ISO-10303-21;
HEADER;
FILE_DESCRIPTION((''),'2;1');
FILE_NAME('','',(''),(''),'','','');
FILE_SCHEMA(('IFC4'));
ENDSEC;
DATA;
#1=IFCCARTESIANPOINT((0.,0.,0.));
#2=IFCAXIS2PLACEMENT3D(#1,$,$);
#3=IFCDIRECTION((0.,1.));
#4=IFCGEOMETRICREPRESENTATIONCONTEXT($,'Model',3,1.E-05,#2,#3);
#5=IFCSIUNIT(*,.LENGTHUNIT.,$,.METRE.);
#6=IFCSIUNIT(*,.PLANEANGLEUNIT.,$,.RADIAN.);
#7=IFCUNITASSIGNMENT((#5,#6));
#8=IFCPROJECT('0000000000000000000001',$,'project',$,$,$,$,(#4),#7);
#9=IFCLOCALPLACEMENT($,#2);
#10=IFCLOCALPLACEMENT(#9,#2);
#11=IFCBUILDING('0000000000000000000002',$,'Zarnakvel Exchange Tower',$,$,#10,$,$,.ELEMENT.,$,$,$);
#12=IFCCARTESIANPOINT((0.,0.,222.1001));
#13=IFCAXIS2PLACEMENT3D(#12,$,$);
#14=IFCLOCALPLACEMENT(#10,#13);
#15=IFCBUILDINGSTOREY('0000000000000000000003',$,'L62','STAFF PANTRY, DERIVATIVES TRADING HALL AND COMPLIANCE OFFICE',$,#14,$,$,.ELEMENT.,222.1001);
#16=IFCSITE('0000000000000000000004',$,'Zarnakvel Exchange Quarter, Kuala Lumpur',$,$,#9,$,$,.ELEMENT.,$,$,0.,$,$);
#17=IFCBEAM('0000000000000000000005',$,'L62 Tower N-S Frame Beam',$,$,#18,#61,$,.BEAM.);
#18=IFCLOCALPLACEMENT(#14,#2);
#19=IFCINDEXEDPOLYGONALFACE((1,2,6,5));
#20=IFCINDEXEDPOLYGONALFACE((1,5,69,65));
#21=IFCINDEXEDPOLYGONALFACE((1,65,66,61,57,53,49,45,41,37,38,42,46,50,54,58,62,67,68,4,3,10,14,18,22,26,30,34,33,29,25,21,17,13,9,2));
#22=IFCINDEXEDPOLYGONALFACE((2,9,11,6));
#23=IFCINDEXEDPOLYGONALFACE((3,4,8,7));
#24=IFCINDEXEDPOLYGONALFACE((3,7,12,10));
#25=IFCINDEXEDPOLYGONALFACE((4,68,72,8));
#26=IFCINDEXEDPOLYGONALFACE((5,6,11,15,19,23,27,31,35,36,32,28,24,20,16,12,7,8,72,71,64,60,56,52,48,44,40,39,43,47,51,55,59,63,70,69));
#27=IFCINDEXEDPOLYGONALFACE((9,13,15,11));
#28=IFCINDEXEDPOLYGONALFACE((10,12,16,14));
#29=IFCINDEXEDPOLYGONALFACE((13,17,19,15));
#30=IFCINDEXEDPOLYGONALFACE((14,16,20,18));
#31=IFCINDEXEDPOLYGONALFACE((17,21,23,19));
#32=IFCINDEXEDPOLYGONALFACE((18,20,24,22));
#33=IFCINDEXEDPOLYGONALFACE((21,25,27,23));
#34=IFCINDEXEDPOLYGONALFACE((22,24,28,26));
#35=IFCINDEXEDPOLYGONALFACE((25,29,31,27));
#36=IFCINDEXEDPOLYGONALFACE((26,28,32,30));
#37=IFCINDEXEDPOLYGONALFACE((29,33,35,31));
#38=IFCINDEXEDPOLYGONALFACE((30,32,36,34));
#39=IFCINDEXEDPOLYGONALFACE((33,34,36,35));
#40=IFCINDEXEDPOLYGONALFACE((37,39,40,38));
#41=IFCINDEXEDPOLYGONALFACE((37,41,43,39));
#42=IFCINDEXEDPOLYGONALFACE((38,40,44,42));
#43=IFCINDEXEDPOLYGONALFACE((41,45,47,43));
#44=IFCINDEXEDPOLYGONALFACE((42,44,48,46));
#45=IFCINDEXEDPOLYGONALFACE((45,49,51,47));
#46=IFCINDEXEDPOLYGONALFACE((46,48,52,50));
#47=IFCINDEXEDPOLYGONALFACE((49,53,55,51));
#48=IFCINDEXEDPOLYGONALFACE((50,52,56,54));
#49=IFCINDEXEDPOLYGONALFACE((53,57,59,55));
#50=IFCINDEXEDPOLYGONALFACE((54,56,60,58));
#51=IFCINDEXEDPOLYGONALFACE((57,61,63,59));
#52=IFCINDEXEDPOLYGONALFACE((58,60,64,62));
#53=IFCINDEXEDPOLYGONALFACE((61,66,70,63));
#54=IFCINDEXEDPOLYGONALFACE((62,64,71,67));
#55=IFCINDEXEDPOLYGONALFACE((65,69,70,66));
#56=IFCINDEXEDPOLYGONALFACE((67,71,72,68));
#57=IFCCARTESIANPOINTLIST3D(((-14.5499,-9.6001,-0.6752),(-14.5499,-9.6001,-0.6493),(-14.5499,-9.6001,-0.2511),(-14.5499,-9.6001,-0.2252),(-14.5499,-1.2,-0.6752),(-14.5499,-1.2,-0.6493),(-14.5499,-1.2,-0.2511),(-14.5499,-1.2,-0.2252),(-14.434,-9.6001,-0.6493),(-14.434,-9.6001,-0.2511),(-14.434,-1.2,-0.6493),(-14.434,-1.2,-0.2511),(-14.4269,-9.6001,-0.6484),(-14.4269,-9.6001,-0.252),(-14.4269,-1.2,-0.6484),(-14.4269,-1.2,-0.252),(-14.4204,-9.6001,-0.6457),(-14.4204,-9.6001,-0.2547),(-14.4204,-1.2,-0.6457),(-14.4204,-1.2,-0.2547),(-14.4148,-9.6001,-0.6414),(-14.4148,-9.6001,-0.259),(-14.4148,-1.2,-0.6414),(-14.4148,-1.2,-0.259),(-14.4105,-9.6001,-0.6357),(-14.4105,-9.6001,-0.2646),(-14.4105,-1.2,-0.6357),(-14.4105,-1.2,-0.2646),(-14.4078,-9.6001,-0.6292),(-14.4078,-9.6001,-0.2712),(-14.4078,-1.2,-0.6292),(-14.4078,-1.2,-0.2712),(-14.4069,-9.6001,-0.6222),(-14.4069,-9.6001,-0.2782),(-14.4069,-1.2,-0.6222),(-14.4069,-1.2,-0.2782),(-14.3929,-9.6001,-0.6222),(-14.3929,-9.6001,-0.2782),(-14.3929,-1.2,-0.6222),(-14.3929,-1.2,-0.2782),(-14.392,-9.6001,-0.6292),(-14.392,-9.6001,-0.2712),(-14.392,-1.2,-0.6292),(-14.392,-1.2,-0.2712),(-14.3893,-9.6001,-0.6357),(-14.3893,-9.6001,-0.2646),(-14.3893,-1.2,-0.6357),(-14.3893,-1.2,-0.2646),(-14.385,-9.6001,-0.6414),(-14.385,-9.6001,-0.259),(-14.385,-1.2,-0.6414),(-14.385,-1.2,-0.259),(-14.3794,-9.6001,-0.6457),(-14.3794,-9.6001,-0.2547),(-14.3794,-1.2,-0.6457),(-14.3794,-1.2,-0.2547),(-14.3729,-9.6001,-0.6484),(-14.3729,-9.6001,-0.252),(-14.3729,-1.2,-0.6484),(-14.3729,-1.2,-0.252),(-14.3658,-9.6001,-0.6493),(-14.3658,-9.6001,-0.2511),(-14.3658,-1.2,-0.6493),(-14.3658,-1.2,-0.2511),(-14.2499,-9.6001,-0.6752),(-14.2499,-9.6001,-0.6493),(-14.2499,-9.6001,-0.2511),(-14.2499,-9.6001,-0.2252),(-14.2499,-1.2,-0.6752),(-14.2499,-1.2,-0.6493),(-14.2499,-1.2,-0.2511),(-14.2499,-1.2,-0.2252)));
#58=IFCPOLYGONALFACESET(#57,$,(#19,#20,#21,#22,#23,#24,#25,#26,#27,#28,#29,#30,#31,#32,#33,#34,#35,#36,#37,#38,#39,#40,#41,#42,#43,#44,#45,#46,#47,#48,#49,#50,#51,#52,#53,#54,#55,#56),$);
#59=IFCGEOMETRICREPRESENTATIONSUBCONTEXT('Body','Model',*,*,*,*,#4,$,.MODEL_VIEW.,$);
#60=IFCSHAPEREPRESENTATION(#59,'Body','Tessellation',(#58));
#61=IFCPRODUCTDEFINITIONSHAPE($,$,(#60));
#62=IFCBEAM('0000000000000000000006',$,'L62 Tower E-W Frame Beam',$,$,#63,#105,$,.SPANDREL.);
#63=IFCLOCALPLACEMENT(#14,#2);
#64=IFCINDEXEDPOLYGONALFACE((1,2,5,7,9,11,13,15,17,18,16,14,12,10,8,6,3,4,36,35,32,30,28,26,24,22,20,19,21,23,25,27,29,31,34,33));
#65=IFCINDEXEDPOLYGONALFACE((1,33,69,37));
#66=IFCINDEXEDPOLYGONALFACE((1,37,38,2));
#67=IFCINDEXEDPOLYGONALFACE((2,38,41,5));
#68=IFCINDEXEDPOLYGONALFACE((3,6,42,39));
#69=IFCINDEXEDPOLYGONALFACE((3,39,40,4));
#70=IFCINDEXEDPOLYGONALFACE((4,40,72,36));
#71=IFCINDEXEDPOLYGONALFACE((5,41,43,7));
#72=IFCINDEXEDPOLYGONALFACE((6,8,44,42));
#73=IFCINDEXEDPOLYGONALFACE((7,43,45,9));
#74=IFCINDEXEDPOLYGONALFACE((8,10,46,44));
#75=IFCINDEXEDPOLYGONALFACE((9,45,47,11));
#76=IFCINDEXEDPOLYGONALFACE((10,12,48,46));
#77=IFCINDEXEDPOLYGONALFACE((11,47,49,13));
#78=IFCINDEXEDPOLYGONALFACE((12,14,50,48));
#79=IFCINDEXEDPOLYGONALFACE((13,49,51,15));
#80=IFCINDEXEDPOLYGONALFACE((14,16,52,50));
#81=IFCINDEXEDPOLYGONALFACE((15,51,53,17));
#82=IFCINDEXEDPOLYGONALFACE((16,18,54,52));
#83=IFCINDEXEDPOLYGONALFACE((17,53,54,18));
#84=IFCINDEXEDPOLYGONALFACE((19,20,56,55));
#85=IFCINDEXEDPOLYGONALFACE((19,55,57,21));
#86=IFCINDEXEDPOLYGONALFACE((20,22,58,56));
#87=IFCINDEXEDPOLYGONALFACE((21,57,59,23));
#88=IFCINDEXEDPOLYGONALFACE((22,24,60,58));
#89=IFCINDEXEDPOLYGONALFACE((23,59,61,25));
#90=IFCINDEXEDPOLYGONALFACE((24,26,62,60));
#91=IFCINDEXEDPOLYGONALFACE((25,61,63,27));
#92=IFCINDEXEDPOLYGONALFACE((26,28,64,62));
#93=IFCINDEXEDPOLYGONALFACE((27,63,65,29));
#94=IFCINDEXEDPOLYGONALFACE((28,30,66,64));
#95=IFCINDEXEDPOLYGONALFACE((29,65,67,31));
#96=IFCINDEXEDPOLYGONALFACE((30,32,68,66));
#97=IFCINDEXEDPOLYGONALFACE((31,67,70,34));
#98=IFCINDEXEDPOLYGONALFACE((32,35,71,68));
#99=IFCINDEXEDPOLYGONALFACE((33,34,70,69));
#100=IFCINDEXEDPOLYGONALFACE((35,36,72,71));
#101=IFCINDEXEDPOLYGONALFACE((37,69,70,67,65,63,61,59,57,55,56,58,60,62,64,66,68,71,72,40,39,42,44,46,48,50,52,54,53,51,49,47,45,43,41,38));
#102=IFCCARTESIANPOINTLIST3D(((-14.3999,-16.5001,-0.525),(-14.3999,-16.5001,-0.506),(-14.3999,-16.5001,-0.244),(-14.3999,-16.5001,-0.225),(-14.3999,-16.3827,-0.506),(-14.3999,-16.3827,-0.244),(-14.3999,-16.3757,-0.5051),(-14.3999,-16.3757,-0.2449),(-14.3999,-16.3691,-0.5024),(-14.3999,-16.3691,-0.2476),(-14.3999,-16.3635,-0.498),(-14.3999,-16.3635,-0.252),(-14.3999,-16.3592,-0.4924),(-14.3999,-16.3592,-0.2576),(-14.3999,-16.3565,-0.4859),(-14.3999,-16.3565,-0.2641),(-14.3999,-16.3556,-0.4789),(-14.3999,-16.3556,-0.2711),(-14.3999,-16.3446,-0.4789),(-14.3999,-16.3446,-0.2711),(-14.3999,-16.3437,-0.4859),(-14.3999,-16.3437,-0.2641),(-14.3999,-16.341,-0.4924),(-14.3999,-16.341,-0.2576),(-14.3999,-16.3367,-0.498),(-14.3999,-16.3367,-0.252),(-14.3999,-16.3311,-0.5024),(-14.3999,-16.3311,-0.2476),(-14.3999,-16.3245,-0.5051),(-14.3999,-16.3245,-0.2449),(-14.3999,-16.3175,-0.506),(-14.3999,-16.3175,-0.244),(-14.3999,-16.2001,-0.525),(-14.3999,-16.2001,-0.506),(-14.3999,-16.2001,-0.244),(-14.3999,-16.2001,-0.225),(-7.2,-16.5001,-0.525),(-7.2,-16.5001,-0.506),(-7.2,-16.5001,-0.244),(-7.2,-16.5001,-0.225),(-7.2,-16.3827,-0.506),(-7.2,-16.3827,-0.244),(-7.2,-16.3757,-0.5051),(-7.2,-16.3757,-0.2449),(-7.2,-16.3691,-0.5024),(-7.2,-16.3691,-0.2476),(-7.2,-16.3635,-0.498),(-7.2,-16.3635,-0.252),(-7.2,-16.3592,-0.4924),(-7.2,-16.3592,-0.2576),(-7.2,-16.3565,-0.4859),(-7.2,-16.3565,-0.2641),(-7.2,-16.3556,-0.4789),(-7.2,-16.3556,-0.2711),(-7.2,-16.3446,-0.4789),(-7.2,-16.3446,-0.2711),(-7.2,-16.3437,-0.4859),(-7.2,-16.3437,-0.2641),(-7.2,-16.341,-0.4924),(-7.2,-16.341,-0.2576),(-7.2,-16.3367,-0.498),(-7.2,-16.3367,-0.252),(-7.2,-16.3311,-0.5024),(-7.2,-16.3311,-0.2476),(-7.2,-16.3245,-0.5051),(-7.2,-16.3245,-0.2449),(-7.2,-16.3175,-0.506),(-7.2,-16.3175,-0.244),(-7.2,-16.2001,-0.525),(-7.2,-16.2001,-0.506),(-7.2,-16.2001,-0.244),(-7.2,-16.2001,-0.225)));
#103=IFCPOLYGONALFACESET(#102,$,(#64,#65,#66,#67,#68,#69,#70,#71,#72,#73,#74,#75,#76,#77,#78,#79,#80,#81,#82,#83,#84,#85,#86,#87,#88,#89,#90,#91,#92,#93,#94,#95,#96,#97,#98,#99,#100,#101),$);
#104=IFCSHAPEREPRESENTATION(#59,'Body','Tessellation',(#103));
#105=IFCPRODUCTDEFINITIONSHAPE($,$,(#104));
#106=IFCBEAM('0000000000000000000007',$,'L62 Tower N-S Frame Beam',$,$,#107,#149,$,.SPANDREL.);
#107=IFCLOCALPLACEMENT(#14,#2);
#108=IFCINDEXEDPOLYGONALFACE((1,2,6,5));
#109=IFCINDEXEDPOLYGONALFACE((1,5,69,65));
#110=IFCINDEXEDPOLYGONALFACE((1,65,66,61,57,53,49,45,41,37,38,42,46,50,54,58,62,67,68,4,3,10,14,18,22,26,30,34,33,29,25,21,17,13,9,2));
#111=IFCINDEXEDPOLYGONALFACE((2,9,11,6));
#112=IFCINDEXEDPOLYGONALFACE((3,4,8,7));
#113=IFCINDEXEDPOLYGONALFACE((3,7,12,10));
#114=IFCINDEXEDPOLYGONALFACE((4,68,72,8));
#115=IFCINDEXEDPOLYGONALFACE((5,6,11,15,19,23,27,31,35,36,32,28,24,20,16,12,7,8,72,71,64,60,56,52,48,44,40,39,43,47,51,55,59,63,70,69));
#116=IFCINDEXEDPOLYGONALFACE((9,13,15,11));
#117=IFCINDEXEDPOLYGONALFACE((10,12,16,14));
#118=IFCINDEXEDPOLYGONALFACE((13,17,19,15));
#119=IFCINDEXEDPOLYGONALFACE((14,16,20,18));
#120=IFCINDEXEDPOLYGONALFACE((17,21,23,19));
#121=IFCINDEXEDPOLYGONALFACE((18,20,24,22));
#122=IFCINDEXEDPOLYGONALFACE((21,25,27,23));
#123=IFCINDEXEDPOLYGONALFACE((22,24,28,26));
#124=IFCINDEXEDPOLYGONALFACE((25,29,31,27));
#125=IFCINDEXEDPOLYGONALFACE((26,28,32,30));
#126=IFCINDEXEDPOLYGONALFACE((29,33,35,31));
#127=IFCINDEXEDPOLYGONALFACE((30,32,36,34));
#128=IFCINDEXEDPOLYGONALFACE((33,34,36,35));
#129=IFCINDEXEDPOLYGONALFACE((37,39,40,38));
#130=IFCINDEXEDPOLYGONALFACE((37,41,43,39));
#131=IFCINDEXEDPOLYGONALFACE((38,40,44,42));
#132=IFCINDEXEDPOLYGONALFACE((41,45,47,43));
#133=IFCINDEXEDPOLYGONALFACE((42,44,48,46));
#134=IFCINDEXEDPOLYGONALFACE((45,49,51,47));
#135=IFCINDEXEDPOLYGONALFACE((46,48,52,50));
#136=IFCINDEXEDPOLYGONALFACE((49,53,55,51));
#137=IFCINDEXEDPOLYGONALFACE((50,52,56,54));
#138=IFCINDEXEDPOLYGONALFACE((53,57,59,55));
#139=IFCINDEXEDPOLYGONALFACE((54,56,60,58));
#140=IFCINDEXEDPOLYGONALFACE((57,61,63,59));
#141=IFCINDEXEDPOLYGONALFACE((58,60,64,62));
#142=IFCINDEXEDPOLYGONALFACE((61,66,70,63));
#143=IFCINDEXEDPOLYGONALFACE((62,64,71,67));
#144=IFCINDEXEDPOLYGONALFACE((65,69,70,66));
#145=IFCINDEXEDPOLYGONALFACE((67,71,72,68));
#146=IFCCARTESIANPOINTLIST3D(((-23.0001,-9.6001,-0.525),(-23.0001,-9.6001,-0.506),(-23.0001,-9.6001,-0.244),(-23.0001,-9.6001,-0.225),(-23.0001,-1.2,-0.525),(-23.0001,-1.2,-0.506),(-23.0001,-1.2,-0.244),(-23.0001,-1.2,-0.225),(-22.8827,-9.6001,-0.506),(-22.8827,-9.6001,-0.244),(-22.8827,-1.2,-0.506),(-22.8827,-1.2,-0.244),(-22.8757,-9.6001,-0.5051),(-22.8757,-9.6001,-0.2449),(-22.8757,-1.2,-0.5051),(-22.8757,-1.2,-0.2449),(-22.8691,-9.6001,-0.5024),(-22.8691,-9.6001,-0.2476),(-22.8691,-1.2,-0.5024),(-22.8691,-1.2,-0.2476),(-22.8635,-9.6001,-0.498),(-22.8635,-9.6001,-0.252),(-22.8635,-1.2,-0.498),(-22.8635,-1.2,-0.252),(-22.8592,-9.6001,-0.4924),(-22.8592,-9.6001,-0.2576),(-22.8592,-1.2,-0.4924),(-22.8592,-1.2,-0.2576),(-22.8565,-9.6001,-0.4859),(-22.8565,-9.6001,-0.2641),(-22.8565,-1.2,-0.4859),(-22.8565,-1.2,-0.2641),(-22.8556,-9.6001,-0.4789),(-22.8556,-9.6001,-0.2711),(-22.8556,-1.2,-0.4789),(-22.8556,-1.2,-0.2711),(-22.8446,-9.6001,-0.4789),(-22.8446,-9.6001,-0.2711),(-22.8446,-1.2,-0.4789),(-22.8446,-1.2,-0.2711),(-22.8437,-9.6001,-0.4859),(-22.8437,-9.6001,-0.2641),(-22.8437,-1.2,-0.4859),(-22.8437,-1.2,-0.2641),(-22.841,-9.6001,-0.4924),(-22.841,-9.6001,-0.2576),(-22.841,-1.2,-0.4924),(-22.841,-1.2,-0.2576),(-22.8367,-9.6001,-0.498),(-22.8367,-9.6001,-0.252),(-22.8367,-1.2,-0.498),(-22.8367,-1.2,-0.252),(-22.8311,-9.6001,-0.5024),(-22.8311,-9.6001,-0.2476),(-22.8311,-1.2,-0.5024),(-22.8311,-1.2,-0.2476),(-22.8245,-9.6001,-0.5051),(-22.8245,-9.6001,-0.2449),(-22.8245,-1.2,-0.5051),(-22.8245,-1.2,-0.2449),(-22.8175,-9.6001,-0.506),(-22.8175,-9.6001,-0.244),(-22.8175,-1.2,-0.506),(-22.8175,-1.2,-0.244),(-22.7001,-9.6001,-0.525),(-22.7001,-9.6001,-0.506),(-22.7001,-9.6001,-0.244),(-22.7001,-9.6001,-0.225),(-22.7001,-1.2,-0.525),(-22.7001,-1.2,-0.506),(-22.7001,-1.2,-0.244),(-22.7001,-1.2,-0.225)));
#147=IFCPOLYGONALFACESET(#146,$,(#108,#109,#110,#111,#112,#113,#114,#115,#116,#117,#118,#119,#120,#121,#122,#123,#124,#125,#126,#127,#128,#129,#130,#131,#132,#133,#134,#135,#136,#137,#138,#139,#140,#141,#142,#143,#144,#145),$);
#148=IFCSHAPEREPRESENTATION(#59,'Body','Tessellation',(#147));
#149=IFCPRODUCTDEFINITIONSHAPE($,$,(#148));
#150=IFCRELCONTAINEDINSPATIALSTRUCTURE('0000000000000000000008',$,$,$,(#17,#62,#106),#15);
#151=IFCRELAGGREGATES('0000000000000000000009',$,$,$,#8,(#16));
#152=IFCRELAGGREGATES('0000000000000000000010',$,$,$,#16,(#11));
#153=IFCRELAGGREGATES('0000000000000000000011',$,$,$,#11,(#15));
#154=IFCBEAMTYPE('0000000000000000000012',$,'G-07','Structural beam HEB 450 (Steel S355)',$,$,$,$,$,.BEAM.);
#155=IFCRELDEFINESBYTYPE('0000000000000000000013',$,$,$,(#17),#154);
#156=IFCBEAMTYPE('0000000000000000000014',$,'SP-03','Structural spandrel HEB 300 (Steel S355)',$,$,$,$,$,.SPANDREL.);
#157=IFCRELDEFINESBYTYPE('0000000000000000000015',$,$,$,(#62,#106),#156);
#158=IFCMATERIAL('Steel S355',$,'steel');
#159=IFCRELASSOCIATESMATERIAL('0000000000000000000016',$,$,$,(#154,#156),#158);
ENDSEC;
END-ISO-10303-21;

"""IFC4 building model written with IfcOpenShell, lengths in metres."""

from ifc_helpers import new_model, si_unit, direction, frame, origin, origin_2d, place, context, subcontext, project, spatial, i_section, extrude, material, material_profile, profile_set, type_object, element, save


model = new_model("IFC4")

# Units and contexts
model_context = context("Model", 3, precision=1e-05, world=origin(), true_north=direction((0.0, 1.0)))
body_context = subcontext(model_context, "Body", "Model", "MODEL_VIEW")
ifc_project = project(units=[si_unit("LENGTHUNIT", "METRE"), si_unit("PLANEANGLEUNIT", "RADIAN")], contexts=[model_context])

# Site, building, storey
site_placement = place(None, origin())
site = spatial("IfcSite", under=ifc_project, at=site_placement, Name="Zarnakvel Exchange Quarter, Kuala Lumpur", CompositionType="ELEMENT", RefElevation=0.0)
building_placement = place(site_placement, origin())
building = spatial("IfcBuilding", under=site, at=building_placement, Name="Zarnakvel Exchange Tower", CompositionType="ELEMENT")
storey_placement = place(building_placement, frame((0.0, 0.0, 222.1001)))
storey = spatial("IfcBuildingStorey", under=building, at=storey_placement, Name="L62", Description="STAFF PANTRY, DERIVATIVES TRADING HALL AND COMPLIANCE OFFICE", CompositionType="ELEMENT", Elevation=222.1001)

# Shared definitions
ifc_material_1 = material(Name="Steel S355", Category="steel")

# Beams
ifc_material_profile_1 = material_profile(ifc_material_1, i_section(OverallWidth=0.3, OverallDepth=0.45, WebThickness=0.0139, FlangeThickness=0.0259, FilletRadius=0.0271, at=origin_2d()))
ifc_profile_set_1 = profile_set([ifc_material_profile_1], Name="Steel S355")
beam_type_1 = type_object("IfcBeamType", Name="G-07", Description="Structural beam HEB 450 (Steel S355)", PredefinedType="BEAM", material=ifc_profile_set_1)
beam_1_placement = place(storey_placement, frame((-14.3999, -9.6001, -0.4502), z_axis=(0.0, 1.0, 0.0), x_axis=(-1.0, 0.0, 0.0)))
element("IfcBeam", 1, at=beam_1_placement, inside=storey, type_object=beam_type_1, Name="L62 Tower N-S Frame Beam", PredefinedType="BEAM", context=body_context, shape_type="SweptSolid", body=[
    extrude(i_section(OverallWidth=0.3, OverallDepth=0.45, WebThickness=0.0139, FlangeThickness=0.0259, FilletRadius=0.0271, at=origin_2d()), origin(), (0.0, 0.0, 1.0), 8.4001),
])
ifc_material_profile_2 = material_profile(ifc_material_1, i_section(OverallWidth=0.3, OverallDepth=0.3, WebThickness=0.011, FlangeThickness=0.019, FilletRadius=0.0271, at=origin_2d()))
ifc_profile_set_2 = profile_set([ifc_material_profile_2], Name="Steel S355")
beam_type_2 = type_object("IfcBeamType", Name="SP-03", Description="Structural spandrel HEB 300 (Steel S355)", PredefinedType="SPANDREL", material=ifc_profile_set_2)
beam_2_placement = place(storey_placement, frame((-14.3999, -16.3501, -0.375), z_axis=(1.0, 0.0, 0.0), x_axis=(0.0, 1.0, 0.0)))
element("IfcBeam", 2, at=beam_2_placement, inside=storey, type_object=beam_type_2, Name="L62 Tower E-W Frame Beam", PredefinedType="SPANDREL", context=body_context, shape_type="SweptSolid", body=[
    extrude(i_section(OverallWidth=0.3, OverallDepth=0.3, WebThickness=0.011, FlangeThickness=0.019, FilletRadius=0.0271, at=origin_2d()), origin(), (0.0, 0.0, 1.0), 7.2),
])
beam_3_placement = place(storey_placement, frame((-22.8501, -9.6001, -0.375), z_axis=(0.0, 1.0, 0.0), x_axis=(-1.0, 0.0, 0.0)))
element("IfcBeam", 3, at=beam_3_placement, inside=storey, type_object=beam_type_2, Name="L62 Tower N-S Frame Beam", PredefinedType="SPANDREL", context=body_context, shape_type="SweptSolid", body=[
    extrude(i_section(OverallWidth=0.3, OverallDepth=0.3, WebThickness=0.011, FlangeThickness=0.019, FilletRadius=0.0271, at=origin_2d()), origin(), (0.0, 0.0, 1.0), 8.4001),
])

save(model, "model.ifc")
